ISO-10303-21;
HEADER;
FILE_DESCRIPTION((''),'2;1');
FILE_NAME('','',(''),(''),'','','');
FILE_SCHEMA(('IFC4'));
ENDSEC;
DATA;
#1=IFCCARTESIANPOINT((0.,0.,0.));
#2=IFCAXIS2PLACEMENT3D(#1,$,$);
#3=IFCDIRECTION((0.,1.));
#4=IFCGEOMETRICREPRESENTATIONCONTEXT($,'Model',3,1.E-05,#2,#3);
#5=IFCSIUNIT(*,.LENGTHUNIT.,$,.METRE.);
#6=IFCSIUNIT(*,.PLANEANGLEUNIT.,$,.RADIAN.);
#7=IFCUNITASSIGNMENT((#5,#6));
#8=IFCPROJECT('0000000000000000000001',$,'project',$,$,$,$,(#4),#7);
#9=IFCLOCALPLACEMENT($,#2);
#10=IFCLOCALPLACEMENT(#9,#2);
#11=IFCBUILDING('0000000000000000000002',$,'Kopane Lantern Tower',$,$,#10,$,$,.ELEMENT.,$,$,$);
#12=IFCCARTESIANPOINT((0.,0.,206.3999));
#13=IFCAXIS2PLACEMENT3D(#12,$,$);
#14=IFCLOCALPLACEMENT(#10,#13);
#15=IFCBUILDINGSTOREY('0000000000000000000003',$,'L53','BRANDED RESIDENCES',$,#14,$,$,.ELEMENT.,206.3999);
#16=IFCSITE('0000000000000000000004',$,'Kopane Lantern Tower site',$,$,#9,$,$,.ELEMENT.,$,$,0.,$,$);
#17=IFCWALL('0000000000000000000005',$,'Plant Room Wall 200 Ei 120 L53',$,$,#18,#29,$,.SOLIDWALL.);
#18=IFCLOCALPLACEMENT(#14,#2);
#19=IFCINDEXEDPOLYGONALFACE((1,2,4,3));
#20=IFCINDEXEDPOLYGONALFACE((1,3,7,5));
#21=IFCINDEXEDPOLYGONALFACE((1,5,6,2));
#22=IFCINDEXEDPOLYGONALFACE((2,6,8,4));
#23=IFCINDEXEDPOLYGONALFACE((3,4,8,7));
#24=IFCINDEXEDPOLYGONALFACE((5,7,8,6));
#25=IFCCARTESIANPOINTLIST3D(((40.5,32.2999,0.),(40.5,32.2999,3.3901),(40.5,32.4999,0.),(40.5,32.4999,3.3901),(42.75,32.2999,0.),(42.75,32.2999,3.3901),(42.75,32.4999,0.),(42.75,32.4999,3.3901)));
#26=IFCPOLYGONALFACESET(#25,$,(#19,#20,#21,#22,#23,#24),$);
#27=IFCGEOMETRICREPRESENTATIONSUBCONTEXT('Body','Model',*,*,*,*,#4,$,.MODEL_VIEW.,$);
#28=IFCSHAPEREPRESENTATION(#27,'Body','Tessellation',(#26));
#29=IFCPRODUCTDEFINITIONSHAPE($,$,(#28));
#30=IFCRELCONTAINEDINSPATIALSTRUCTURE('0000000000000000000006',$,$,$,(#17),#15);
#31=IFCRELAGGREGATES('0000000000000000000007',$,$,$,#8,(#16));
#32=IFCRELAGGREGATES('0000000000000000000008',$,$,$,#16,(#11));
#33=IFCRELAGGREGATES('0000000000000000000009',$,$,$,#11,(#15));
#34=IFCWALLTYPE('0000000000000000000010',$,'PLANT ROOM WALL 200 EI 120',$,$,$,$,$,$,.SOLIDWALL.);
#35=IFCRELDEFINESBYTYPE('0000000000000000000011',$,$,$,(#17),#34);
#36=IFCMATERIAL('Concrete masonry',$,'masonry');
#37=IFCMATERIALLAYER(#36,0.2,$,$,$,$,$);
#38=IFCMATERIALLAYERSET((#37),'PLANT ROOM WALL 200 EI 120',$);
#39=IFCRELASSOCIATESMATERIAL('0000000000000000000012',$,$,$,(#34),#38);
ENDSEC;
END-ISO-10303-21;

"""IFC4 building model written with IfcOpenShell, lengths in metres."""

from ifc_helpers import new_model, si_unit, direction, frame, frame_2d, origin, place, context, subcontext, project, spatial, rectangle, extrude, material, layer, layer_set, type_object, element, save


model = new_model("IFC4")

# Units and contexts
model_context = context("Model", 3, precision=1e-05, world=origin(), true_north=direction((0.0, 1.0)))
body_context = subcontext(model_context, "Body", "Model", "MODEL_VIEW")
ifc_project = project(units=[si_unit("LENGTHUNIT", "METRE"), si_unit("PLANEANGLEUNIT", "RADIAN")], contexts=[model_context])

# Site, building, storey
site_placement = place(None, origin())
site = spatial("IfcSite", under=ifc_project, at=site_placement, Name="Kopane Lantern Tower site", CompositionType="ELEMENT", RefElevation=0.0)
building_placement = place(site_placement, origin())
building = spatial("IfcBuilding", under=site, at=building_placement, Name="Kopane Lantern Tower", CompositionType="ELEMENT")
storey_placement = place(building_placement, frame((0.0, 0.0, 206.3999)))
storey = spatial("IfcBuildingStorey", under=building, at=storey_placement, Name="L53", Description="BRANDED RESIDENCES", CompositionType="ELEMENT", Elevation=206.3999)

# Wall
ifc_material_1 = material(Name="Concrete masonry", Category="masonry")
ifc_layer_1 = layer(ifc_material_1, 0.2)
ifc_layer_set_1 = layer_set([ifc_layer_1], Name="PLANT ROOM WALL 200 EI 120")
wall_type_1 = type_object("IfcWallType", Name="PLANT ROOM WALL 200 EI 120", PredefinedType="SOLIDWALL", material=ifc_layer_set_1)
wall_1_placement = place(storey_placement, frame((40.5, 32.3999, 0.0), z_axis=(0.0, 0.0, 1.0), x_axis=(1.0, 0.0, 0.0)))
element("IfcWall", 1, at=wall_1_placement, inside=storey, type_object=wall_type_1, Name="Plant Room Wall 200 Ei 120 L53", PredefinedType="SOLIDWALL", context=body_context, shape_type="SweptSolid", body=[
    extrude(rectangle(XDim=2.25, YDim=0.2, at=frame_2d((1.125, 0.0))), origin(), (0.0, 0.0, 1.0), 3.3901),
])

save(model, "model.ifc")
